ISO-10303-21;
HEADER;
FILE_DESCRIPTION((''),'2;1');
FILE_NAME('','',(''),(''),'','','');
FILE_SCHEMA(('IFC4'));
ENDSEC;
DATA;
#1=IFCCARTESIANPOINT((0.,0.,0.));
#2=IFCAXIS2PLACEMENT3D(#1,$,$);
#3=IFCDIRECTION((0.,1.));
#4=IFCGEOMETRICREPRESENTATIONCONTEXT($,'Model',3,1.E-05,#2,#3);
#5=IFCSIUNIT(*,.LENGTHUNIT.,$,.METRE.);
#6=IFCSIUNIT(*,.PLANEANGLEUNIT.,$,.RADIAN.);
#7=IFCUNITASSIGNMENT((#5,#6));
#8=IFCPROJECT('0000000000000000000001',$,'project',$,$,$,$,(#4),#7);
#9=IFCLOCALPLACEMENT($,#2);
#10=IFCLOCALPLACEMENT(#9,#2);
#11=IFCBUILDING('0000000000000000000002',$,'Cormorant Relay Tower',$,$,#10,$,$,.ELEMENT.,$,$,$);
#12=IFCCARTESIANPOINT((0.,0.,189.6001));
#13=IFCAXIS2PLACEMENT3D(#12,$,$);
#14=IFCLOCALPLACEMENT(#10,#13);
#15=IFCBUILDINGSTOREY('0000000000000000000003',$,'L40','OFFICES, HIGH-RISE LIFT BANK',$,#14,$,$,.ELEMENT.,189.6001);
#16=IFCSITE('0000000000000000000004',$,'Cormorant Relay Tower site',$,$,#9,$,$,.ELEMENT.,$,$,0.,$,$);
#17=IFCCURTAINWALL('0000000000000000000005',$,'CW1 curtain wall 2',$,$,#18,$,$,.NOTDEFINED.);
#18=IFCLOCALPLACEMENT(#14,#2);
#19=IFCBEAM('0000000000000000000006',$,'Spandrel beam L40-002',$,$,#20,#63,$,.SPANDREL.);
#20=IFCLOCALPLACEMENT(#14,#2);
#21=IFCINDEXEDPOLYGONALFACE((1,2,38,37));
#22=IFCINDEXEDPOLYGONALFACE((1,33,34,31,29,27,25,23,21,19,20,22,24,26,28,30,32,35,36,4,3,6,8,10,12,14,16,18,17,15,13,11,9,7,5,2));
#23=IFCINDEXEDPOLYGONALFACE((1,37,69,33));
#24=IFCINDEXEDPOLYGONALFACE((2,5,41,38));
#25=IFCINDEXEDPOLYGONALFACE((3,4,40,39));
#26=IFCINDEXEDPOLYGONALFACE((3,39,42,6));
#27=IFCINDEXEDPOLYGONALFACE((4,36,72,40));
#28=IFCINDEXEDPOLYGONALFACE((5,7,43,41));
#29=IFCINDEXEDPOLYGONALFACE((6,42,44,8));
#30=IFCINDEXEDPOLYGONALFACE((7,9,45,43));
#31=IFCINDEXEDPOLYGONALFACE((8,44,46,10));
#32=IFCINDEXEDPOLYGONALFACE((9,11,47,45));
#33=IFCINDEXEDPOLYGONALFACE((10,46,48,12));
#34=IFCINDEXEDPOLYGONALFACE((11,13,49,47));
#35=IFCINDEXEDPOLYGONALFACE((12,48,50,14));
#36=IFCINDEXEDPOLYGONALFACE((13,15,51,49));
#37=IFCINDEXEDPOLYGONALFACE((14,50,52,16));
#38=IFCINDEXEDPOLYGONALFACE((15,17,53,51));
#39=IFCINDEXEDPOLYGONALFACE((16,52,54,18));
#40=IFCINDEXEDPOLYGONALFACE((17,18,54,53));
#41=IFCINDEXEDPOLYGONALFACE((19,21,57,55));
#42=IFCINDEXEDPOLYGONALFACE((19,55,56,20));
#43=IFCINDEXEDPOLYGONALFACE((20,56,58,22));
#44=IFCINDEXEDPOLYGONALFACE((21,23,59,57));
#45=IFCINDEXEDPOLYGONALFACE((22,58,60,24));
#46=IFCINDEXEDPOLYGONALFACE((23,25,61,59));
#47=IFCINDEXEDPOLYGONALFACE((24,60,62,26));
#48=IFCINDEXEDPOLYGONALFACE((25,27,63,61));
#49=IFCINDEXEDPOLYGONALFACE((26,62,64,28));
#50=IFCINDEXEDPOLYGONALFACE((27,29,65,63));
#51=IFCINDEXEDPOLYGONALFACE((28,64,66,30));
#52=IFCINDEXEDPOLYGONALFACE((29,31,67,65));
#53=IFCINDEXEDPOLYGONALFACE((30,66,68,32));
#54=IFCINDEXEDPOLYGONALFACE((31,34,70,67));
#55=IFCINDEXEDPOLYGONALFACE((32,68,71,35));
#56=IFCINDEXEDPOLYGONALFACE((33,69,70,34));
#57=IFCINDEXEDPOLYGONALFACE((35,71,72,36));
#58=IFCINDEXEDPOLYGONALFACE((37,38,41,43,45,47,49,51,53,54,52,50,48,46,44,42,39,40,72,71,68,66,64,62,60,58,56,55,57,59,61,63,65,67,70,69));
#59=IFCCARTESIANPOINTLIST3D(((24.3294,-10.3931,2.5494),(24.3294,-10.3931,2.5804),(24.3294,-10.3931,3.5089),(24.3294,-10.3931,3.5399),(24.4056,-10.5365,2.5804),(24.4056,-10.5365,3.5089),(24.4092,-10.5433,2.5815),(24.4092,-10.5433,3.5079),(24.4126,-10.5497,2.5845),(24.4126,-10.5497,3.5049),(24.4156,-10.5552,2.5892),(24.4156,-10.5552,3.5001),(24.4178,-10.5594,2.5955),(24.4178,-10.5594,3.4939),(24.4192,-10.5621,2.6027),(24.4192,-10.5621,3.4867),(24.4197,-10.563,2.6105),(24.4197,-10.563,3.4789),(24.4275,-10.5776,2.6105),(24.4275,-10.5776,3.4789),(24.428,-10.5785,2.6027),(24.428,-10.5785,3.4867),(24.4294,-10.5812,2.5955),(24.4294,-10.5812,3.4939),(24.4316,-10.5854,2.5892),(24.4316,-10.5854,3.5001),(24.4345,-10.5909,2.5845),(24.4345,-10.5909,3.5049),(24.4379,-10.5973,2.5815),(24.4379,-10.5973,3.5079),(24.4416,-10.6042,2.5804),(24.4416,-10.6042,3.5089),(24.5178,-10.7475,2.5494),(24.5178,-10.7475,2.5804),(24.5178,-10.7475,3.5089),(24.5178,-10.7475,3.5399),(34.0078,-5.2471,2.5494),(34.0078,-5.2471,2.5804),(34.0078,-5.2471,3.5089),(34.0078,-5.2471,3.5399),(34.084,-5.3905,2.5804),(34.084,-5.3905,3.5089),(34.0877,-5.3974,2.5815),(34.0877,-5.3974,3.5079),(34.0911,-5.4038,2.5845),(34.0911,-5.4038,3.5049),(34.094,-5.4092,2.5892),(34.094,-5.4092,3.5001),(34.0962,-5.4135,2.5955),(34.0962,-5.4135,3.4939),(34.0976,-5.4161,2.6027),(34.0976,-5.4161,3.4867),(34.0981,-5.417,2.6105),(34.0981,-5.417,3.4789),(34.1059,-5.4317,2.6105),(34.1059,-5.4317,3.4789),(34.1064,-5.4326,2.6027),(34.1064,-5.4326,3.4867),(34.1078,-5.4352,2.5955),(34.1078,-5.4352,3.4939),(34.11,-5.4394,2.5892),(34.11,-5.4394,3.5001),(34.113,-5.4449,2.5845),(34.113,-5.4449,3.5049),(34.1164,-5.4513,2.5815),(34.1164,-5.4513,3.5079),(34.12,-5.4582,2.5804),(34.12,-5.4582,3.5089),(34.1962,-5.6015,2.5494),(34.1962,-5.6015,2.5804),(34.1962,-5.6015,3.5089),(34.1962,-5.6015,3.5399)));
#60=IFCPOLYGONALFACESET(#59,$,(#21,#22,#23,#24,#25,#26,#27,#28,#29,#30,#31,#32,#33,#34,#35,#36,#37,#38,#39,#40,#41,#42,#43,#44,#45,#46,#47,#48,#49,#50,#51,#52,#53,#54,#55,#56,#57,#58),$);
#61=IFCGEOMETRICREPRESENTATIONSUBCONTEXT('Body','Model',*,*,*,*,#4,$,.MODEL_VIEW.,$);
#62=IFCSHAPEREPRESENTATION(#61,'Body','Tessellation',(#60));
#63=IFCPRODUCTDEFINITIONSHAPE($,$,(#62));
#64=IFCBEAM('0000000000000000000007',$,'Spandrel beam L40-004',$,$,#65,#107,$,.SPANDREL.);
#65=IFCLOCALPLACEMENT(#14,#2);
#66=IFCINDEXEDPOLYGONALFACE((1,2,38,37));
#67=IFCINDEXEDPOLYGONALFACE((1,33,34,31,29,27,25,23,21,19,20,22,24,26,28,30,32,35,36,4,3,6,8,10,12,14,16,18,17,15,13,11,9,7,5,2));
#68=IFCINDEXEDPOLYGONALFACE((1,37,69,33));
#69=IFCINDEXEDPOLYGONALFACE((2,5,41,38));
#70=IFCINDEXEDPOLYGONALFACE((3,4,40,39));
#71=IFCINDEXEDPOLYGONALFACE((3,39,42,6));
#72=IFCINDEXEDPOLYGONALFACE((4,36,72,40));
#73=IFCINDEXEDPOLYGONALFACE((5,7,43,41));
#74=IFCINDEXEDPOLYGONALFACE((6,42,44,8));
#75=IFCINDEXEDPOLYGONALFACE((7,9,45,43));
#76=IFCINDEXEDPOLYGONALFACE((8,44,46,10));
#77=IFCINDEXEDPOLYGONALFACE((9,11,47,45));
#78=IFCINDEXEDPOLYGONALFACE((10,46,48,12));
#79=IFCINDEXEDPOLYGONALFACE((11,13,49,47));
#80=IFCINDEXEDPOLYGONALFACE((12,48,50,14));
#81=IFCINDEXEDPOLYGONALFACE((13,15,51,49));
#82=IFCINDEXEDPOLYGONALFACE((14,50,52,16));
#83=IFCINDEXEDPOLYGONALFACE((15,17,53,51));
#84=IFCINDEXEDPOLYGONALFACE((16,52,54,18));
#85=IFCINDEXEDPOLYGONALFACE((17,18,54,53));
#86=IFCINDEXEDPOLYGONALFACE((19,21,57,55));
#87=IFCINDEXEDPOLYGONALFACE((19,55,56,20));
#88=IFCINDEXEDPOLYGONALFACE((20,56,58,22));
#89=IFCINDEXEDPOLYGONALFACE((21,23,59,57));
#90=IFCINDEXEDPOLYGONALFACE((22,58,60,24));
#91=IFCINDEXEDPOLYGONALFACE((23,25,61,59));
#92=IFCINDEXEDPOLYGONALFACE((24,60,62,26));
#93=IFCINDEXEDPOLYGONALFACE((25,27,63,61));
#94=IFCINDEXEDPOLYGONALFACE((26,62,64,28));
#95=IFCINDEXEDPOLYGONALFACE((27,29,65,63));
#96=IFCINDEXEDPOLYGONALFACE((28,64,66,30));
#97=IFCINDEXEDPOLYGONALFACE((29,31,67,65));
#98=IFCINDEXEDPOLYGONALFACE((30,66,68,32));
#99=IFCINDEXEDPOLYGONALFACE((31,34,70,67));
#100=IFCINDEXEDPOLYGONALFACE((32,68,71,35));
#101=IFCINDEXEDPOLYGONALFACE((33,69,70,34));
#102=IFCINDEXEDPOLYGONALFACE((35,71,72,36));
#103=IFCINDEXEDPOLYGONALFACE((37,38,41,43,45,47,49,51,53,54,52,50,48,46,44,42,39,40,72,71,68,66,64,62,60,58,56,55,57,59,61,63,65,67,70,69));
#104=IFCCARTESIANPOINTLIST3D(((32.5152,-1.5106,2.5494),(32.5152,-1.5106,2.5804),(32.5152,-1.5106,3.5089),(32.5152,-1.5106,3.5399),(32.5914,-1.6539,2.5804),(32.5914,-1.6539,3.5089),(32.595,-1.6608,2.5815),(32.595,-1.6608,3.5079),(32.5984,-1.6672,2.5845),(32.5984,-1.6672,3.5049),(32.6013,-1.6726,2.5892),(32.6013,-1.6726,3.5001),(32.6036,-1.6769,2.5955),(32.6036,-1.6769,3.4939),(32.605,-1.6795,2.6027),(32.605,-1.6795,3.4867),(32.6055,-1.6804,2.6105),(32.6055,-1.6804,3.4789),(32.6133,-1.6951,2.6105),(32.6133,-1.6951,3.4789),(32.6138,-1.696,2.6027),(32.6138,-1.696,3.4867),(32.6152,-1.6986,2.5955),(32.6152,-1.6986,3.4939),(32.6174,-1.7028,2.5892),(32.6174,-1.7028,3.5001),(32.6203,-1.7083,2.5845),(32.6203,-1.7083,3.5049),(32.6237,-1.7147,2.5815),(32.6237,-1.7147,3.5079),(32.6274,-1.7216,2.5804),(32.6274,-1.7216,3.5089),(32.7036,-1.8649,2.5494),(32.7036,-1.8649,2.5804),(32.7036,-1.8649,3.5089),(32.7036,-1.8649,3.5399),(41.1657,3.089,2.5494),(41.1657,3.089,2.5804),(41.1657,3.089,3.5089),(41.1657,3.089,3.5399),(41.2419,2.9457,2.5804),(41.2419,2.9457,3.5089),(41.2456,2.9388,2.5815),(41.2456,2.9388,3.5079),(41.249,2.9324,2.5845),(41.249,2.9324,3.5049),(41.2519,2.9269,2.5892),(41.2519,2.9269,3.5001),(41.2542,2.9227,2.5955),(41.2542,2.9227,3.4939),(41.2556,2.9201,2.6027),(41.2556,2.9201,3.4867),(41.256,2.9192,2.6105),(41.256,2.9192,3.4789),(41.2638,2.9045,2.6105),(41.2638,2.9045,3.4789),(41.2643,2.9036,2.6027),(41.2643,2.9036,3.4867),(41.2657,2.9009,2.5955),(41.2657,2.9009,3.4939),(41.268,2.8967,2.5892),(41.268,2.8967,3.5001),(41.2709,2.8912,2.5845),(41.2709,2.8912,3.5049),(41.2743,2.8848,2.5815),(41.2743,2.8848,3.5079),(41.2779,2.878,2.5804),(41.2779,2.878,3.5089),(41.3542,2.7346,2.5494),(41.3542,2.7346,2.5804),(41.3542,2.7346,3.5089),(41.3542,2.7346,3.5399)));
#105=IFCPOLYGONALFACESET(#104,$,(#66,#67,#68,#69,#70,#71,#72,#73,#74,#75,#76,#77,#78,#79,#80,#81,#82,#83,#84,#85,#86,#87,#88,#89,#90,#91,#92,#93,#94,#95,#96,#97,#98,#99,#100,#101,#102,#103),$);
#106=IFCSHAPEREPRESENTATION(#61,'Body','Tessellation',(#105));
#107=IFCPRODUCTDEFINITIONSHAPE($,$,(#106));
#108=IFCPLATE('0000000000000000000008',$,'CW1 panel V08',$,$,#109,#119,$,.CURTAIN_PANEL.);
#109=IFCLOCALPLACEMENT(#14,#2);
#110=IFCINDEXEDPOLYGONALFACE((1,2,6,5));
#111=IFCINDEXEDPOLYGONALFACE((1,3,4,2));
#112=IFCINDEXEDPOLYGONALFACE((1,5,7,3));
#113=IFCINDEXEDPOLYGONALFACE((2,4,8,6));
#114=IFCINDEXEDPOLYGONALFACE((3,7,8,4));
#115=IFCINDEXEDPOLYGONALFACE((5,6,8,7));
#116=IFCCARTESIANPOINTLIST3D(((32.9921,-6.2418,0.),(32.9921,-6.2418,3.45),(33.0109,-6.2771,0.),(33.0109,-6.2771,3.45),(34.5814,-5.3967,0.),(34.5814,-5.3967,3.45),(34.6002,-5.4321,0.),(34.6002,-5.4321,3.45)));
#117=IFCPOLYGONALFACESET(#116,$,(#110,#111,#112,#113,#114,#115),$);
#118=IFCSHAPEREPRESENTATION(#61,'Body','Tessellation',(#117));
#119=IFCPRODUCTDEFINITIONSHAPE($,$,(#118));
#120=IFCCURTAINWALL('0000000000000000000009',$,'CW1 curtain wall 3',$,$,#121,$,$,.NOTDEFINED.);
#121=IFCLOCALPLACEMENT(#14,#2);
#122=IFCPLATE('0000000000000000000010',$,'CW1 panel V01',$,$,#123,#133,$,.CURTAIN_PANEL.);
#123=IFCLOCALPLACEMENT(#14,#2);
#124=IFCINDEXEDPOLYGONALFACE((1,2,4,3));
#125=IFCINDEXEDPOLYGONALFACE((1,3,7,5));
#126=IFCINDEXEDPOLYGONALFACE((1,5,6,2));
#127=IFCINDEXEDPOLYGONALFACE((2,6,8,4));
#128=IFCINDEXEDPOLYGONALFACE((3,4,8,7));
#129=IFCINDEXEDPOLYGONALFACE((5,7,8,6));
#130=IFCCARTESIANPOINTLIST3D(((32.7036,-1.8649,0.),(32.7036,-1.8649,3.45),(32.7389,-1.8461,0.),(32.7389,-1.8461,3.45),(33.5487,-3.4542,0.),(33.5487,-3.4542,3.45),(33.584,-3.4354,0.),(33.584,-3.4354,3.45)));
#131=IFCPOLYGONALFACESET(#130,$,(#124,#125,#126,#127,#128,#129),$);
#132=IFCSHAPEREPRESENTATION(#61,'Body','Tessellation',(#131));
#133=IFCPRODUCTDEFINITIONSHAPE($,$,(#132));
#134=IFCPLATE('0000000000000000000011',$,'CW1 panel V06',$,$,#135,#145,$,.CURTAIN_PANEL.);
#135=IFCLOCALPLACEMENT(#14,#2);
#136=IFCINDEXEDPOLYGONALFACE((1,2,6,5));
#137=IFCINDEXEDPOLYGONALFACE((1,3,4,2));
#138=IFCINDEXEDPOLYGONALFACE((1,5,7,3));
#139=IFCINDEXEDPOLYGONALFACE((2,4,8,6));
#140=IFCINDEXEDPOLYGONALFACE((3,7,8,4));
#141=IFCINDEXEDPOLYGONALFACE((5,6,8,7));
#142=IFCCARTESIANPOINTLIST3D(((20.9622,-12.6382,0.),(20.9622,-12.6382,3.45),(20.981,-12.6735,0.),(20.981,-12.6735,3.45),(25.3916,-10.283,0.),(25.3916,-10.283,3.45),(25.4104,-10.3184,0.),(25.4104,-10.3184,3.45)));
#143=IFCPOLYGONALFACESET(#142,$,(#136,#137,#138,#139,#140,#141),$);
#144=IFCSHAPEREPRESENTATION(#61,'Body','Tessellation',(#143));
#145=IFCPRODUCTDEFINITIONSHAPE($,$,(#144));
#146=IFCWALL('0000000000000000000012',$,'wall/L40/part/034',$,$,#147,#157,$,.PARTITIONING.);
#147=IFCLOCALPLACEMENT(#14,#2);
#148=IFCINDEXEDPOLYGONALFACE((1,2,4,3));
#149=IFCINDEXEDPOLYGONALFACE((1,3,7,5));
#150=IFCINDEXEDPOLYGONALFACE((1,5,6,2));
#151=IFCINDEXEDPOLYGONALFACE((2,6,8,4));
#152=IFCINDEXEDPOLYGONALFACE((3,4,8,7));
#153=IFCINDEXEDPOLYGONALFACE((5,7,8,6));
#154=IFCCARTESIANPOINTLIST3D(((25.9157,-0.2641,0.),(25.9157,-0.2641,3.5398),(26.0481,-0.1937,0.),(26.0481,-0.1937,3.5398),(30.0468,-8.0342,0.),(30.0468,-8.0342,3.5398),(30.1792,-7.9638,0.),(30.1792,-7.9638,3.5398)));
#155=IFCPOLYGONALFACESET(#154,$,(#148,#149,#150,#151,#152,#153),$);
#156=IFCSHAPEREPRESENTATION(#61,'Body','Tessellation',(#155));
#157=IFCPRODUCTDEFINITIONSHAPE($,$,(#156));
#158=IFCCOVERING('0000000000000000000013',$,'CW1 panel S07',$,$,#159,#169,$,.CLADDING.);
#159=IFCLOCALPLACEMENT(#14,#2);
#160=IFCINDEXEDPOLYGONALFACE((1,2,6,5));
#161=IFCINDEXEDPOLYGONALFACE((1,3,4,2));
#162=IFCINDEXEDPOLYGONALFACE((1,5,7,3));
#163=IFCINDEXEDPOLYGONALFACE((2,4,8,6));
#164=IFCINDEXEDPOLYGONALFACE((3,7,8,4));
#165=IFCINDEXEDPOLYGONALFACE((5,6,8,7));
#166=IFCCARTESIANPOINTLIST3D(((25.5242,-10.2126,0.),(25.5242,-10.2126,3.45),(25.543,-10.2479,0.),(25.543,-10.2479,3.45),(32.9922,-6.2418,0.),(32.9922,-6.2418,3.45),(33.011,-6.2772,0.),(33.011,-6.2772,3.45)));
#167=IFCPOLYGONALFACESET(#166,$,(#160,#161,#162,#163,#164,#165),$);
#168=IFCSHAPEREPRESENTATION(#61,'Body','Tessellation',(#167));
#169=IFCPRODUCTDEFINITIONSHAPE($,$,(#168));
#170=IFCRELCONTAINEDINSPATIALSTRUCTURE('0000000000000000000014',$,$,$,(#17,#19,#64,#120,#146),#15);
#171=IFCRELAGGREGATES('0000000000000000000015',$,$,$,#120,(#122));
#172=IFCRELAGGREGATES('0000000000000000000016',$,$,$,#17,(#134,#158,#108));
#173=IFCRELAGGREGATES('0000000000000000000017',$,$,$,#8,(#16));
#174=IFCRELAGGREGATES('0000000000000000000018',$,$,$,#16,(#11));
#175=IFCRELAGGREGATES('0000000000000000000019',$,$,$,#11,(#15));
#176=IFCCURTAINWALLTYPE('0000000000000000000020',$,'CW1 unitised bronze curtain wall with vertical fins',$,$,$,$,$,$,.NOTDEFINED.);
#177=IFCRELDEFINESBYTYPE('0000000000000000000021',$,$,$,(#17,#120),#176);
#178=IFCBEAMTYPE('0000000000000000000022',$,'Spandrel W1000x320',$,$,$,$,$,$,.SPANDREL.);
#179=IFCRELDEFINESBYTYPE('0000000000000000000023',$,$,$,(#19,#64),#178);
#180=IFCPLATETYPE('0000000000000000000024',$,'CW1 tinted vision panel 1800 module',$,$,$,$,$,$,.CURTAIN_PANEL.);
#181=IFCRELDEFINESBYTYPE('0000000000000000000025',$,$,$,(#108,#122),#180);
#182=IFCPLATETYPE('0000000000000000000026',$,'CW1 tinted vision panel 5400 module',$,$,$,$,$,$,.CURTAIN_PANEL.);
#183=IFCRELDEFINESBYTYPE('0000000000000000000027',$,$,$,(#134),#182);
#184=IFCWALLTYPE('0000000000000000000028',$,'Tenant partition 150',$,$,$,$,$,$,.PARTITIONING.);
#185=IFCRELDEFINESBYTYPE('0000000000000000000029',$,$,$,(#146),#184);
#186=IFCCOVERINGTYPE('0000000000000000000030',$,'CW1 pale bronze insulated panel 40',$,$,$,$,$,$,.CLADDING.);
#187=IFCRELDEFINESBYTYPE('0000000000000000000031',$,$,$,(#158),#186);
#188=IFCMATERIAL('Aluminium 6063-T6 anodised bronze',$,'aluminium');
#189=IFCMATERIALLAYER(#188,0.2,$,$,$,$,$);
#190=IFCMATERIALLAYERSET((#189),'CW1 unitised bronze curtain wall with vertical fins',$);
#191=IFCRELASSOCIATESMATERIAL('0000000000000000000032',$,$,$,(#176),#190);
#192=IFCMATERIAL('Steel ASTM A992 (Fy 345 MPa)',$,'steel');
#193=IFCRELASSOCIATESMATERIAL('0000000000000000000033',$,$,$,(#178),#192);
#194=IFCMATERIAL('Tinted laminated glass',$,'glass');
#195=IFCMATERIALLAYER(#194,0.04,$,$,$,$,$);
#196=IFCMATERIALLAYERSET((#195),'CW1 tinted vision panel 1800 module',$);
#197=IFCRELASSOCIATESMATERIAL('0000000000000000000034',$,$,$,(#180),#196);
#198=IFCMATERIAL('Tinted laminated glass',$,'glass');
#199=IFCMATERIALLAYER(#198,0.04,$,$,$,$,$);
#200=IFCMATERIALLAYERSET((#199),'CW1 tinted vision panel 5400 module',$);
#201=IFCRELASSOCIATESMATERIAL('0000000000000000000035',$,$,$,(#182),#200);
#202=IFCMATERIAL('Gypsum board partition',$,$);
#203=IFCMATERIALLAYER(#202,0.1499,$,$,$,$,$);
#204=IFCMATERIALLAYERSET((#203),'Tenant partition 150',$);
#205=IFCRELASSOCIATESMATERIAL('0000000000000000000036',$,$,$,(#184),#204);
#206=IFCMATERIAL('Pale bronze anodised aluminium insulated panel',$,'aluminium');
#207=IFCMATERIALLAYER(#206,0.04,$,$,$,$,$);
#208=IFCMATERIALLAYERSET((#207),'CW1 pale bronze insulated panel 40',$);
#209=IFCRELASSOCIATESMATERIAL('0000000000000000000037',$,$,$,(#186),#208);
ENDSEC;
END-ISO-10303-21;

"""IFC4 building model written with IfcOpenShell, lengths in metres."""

from ifc_helpers import new_model, si_unit, direction, frame, frame_2d, origin, origin_2d, place, context, subcontext, project, spatial, rectangle, i_section, extrude, material, layer, layer_set, material_profile, profile_set, type_object, element, aggregate, save


model = new_model("IFC4")

# Units and contexts
model_context = context("Model", 3, precision=1e-05, world=origin(), true_north=direction((0.0, 1.0)))
body_context = subcontext(model_context, "Body", "Model", "MODEL_VIEW")
ifc_project = project(units=[si_unit("LENGTHUNIT", "METRE"), si_unit("PLANEANGLEUNIT", "RADIAN")], contexts=[model_context])

# Site, building, storey
site_placement = place(None, origin())
site = spatial("IfcSite", under=ifc_project, at=site_placement, Name="Cormorant Relay Tower site", CompositionType="ELEMENT", RefElevation=0.0)
building_placement = place(site_placement, origin())
building = spatial("IfcBuilding", under=site, at=building_placement, Name="Cormorant Relay Tower", CompositionType="ELEMENT")
storey_placement = place(building_placement, frame((0.0, 0.0, 189.6001)))
storey = spatial("IfcBuildingStorey", under=building, at=storey_placement, Name="L40", Description="OFFICES, HIGH-RISE LIFT BANK", CompositionType="ELEMENT", Elevation=189.6001)

# Curtain wall
ifc_material_1 = material(Name="Aluminium 6063-T6 anodised bronze", Category="aluminium")
ifc_layer_1 = layer(ifc_material_1, 0.2)
ifc_layer_set_1 = layer_set([ifc_layer_1], Name="CW1 unitised bronze curtain wall with vertical fins")
curtain_wall_type = type_object("IfcCurtainWallType", Name="CW1 unitised bronze curtain wall with vertical fins", PredefinedType="NOTDEFINED", material=ifc_layer_set_1)
curtain_wall_1_placement = place(storey_placement, origin())
curtain_wall_1 = element("IfcCurtainWall", 1, at=curtain_wall_1_placement, inside=storey, type_object=curtain_wall_type, Name="CW1 curtain wall 2", PredefinedType="NOTDEFINED")

# Beams
ifc_material_2 = material(Name="Steel ASTM A992 (Fy 345 MPa)", Category="steel")
ifc_material_profile_1 = material_profile(ifc_material_2, i_section(OverallWidth=0.4014, OverallDepth=0.9905, WebThickness=0.0166, FlangeThickness=0.031, FilletRadius=0.03, at=origin_2d()), Name="W1000x320")
ifc_profile_set_1 = profile_set([ifc_material_profile_1], Name="Steel ASTM A992 (Fy 345 MPa)")
beam_type = type_object("IfcBeamType", Name="Spandrel W1000x320", PredefinedType="SPANDREL", material=ifc_profile_set_1)
beam_1_placement = place(storey_placement, frame((24.4236, -10.5703, 3.0447), z_axis=(0.882953, 0.469462, 0.0), x_axis=(-0.469462, 0.882953, 0.0)))
element("IfcBeam", 2, at=beam_1_placement, inside=storey, type_object=beam_type, Name="Spandrel beam L40-002", PredefinedType="SPANDREL", context=body_context, shape_type="SweptSolid", body=[
    extrude(i_section(OverallWidth=0.4014, OverallDepth=0.9905, WebThickness=0.0166, FlangeThickness=0.031, FilletRadius=0.03, at=origin_2d()), origin(), (0.0, 0.0, 1.0), 10.9614),
])
beam_2_placement = place(storey_placement, frame((32.6094, -1.6877, 3.0447), z_axis=(0.882948, 0.46947, 0.0), x_axis=(-0.46947, 0.882948, 0.0)))
element("IfcBeam", 3, at=beam_2_placement, inside=storey, type_object=beam_type, Name="Spandrel beam L40-004", PredefinedType="SPANDREL", context=body_context, shape_type="SweptSolid", body=[
    extrude(i_section(OverallWidth=0.4014, OverallDepth=0.9905, WebThickness=0.0166, FlangeThickness=0.031, FilletRadius=0.03, at=origin_2d()), origin(), (0.0, 0.0, 1.0), 9.7974),
])

# Plate
ifc_material_3 = material(Name="Tinted laminated glass", Category="glass")
ifc_layer_2 = layer(ifc_material_3, 0.04)
ifc_layer_set_2 = layer_set([ifc_layer_2], Name="CW1 tinted vision panel 1800 module")
plate_type_1 = type_object("IfcPlateType", Name="CW1 tinted vision panel 1800 module", PredefinedType="CURTAIN_PANEL", material=ifc_layer_set_2)
plate_1_placement = place(storey_placement, frame((33.7961, -5.8369, 0.0), z_axis=(0.0, 0.0, 1.0), x_axis=(0.882948, 0.469472, 0.0)))
plate_1 = element("IfcPlate", 4, at=plate_1_placement, type_object=plate_type_1, Name="CW1 panel V08", PredefinedType="CURTAIN_PANEL", context=body_context, shape_type="SweptSolid", body=[
    extrude(rectangle(XDim=1.8, YDim=0.04, at=origin_2d()), origin(), (0.0, 0.0, 1.0), 3.45),
])

# Curtain wall, plate
curtain_wall_2_placement = place(storey_placement, origin())
curtain_wall_2 = element("IfcCurtainWall", 5, at=curtain_wall_2_placement, inside=storey, type_object=curtain_wall_type, Name="CW1 curtain wall 3", PredefinedType="NOTDEFINED")
plate_2_placement = place(storey_placement, frame((33.1438, -2.6501, 0.0), z_axis=(0.0, 0.0, 1.0), x_axis=(-0.469472, 0.882948, 0.0)))
plate_2 = element("IfcPlate", 6, at=plate_2_placement, type_object=plate_type_1, Name="CW1 panel V01", PredefinedType="CURTAIN_PANEL", context=body_context, shape_type="SweptSolid", body=[
    extrude(rectangle(XDim=1.8, YDim=0.04, at=origin_2d()), origin(), (0.0, 0.0, 1.0), 3.45),
])
aggregate(curtain_wall_2, [plate_2])

# Plate
ifc_material_4 = material(Name="Tinted laminated glass", Category="glass")
ifc_layer_3 = layer(ifc_material_4, 0.04)
ifc_layer_set_3 = layer_set([ifc_layer_3], Name="CW1 tinted vision panel 5400 module")
plate_type_2 = type_object("IfcPlateType", Name="CW1 tinted vision panel 5400 module", PredefinedType="CURTAIN_PANEL", material=ifc_layer_set_3)
plate_3_placement = place(storey_placement, frame((23.1863, -11.4783, 0.0), z_axis=(0.0, 0.0, 1.0), x_axis=(0.882948, 0.469472, 0.0)))
plate_3 = element("IfcPlate", 7, at=plate_3_placement, type_object=plate_type_2, Name="CW1 panel V06", PredefinedType="CURTAIN_PANEL", context=body_context, shape_type="SweptSolid", body=[
    extrude(rectangle(XDim=5.0166, YDim=0.04, at=origin_2d()), origin(), (0.0, 0.0, 1.0), 3.45),
])

# Wall
ifc_material_5 = material(Name="Gypsum board partition")
ifc_layer_4 = layer(ifc_material_5, 0.1499)
ifc_layer_set_4 = layer_set([ifc_layer_4], Name="Tenant partition 150")
wall_type = type_object("IfcWallType", Name="Tenant partition 150", PredefinedType="PARTITIONING", material=ifc_layer_set_4)
wall_placement = place(storey_placement, frame((25.9819, -0.229, 0.0), z_axis=(0.0, 0.0, 1.0), x_axis=(0.469446, -0.882961, 0.0)))
element("IfcWall", 8, at=wall_placement, inside=storey, type_object=wall_type, Name="wall/L40/part/034", PredefinedType="PARTITIONING", context=body_context, shape_type="SweptSolid", body=[
    extrude(rectangle(XDim=8.8, YDim=0.1499, at=frame_2d((4.3999, 0.0))), origin(), (0.0, 0.0, 1.0), 3.5398),
])

# Covering
ifc_material_6 = material(Name="Pale bronze anodised aluminium insulated panel", Category="aluminium")
ifc_layer_5 = layer(ifc_material_6, 0.04)
ifc_layer_set_5 = layer_set([ifc_layer_5], Name="CW1 pale bronze insulated panel 40")
covering_type = type_object("IfcCoveringType", Name="CW1 pale bronze insulated panel 40", PredefinedType="CLADDING", material=ifc_layer_set_5)
covering_placement = place(storey_placement, frame((29.2676, -8.2449, 0.0), z_axis=(0.0, 0.0, 1.0), x_axis=(0.882948, 0.469472, 0.0)))
covering = element("IfcCovering", 9, at=covering_placement, type_object=covering_type, Name="CW1 panel S07", PredefinedType="CLADDING", context=body_context, shape_type="SweptSolid", body=[
    extrude(rectangle(XDim=8.458, YDim=0.04, at=origin_2d()), origin(), (0.0, 0.0, 1.0), 3.45),
])
aggregate(curtain_wall_1, [plate_3, covering, plate_1])

save(model, "model.ifc")
